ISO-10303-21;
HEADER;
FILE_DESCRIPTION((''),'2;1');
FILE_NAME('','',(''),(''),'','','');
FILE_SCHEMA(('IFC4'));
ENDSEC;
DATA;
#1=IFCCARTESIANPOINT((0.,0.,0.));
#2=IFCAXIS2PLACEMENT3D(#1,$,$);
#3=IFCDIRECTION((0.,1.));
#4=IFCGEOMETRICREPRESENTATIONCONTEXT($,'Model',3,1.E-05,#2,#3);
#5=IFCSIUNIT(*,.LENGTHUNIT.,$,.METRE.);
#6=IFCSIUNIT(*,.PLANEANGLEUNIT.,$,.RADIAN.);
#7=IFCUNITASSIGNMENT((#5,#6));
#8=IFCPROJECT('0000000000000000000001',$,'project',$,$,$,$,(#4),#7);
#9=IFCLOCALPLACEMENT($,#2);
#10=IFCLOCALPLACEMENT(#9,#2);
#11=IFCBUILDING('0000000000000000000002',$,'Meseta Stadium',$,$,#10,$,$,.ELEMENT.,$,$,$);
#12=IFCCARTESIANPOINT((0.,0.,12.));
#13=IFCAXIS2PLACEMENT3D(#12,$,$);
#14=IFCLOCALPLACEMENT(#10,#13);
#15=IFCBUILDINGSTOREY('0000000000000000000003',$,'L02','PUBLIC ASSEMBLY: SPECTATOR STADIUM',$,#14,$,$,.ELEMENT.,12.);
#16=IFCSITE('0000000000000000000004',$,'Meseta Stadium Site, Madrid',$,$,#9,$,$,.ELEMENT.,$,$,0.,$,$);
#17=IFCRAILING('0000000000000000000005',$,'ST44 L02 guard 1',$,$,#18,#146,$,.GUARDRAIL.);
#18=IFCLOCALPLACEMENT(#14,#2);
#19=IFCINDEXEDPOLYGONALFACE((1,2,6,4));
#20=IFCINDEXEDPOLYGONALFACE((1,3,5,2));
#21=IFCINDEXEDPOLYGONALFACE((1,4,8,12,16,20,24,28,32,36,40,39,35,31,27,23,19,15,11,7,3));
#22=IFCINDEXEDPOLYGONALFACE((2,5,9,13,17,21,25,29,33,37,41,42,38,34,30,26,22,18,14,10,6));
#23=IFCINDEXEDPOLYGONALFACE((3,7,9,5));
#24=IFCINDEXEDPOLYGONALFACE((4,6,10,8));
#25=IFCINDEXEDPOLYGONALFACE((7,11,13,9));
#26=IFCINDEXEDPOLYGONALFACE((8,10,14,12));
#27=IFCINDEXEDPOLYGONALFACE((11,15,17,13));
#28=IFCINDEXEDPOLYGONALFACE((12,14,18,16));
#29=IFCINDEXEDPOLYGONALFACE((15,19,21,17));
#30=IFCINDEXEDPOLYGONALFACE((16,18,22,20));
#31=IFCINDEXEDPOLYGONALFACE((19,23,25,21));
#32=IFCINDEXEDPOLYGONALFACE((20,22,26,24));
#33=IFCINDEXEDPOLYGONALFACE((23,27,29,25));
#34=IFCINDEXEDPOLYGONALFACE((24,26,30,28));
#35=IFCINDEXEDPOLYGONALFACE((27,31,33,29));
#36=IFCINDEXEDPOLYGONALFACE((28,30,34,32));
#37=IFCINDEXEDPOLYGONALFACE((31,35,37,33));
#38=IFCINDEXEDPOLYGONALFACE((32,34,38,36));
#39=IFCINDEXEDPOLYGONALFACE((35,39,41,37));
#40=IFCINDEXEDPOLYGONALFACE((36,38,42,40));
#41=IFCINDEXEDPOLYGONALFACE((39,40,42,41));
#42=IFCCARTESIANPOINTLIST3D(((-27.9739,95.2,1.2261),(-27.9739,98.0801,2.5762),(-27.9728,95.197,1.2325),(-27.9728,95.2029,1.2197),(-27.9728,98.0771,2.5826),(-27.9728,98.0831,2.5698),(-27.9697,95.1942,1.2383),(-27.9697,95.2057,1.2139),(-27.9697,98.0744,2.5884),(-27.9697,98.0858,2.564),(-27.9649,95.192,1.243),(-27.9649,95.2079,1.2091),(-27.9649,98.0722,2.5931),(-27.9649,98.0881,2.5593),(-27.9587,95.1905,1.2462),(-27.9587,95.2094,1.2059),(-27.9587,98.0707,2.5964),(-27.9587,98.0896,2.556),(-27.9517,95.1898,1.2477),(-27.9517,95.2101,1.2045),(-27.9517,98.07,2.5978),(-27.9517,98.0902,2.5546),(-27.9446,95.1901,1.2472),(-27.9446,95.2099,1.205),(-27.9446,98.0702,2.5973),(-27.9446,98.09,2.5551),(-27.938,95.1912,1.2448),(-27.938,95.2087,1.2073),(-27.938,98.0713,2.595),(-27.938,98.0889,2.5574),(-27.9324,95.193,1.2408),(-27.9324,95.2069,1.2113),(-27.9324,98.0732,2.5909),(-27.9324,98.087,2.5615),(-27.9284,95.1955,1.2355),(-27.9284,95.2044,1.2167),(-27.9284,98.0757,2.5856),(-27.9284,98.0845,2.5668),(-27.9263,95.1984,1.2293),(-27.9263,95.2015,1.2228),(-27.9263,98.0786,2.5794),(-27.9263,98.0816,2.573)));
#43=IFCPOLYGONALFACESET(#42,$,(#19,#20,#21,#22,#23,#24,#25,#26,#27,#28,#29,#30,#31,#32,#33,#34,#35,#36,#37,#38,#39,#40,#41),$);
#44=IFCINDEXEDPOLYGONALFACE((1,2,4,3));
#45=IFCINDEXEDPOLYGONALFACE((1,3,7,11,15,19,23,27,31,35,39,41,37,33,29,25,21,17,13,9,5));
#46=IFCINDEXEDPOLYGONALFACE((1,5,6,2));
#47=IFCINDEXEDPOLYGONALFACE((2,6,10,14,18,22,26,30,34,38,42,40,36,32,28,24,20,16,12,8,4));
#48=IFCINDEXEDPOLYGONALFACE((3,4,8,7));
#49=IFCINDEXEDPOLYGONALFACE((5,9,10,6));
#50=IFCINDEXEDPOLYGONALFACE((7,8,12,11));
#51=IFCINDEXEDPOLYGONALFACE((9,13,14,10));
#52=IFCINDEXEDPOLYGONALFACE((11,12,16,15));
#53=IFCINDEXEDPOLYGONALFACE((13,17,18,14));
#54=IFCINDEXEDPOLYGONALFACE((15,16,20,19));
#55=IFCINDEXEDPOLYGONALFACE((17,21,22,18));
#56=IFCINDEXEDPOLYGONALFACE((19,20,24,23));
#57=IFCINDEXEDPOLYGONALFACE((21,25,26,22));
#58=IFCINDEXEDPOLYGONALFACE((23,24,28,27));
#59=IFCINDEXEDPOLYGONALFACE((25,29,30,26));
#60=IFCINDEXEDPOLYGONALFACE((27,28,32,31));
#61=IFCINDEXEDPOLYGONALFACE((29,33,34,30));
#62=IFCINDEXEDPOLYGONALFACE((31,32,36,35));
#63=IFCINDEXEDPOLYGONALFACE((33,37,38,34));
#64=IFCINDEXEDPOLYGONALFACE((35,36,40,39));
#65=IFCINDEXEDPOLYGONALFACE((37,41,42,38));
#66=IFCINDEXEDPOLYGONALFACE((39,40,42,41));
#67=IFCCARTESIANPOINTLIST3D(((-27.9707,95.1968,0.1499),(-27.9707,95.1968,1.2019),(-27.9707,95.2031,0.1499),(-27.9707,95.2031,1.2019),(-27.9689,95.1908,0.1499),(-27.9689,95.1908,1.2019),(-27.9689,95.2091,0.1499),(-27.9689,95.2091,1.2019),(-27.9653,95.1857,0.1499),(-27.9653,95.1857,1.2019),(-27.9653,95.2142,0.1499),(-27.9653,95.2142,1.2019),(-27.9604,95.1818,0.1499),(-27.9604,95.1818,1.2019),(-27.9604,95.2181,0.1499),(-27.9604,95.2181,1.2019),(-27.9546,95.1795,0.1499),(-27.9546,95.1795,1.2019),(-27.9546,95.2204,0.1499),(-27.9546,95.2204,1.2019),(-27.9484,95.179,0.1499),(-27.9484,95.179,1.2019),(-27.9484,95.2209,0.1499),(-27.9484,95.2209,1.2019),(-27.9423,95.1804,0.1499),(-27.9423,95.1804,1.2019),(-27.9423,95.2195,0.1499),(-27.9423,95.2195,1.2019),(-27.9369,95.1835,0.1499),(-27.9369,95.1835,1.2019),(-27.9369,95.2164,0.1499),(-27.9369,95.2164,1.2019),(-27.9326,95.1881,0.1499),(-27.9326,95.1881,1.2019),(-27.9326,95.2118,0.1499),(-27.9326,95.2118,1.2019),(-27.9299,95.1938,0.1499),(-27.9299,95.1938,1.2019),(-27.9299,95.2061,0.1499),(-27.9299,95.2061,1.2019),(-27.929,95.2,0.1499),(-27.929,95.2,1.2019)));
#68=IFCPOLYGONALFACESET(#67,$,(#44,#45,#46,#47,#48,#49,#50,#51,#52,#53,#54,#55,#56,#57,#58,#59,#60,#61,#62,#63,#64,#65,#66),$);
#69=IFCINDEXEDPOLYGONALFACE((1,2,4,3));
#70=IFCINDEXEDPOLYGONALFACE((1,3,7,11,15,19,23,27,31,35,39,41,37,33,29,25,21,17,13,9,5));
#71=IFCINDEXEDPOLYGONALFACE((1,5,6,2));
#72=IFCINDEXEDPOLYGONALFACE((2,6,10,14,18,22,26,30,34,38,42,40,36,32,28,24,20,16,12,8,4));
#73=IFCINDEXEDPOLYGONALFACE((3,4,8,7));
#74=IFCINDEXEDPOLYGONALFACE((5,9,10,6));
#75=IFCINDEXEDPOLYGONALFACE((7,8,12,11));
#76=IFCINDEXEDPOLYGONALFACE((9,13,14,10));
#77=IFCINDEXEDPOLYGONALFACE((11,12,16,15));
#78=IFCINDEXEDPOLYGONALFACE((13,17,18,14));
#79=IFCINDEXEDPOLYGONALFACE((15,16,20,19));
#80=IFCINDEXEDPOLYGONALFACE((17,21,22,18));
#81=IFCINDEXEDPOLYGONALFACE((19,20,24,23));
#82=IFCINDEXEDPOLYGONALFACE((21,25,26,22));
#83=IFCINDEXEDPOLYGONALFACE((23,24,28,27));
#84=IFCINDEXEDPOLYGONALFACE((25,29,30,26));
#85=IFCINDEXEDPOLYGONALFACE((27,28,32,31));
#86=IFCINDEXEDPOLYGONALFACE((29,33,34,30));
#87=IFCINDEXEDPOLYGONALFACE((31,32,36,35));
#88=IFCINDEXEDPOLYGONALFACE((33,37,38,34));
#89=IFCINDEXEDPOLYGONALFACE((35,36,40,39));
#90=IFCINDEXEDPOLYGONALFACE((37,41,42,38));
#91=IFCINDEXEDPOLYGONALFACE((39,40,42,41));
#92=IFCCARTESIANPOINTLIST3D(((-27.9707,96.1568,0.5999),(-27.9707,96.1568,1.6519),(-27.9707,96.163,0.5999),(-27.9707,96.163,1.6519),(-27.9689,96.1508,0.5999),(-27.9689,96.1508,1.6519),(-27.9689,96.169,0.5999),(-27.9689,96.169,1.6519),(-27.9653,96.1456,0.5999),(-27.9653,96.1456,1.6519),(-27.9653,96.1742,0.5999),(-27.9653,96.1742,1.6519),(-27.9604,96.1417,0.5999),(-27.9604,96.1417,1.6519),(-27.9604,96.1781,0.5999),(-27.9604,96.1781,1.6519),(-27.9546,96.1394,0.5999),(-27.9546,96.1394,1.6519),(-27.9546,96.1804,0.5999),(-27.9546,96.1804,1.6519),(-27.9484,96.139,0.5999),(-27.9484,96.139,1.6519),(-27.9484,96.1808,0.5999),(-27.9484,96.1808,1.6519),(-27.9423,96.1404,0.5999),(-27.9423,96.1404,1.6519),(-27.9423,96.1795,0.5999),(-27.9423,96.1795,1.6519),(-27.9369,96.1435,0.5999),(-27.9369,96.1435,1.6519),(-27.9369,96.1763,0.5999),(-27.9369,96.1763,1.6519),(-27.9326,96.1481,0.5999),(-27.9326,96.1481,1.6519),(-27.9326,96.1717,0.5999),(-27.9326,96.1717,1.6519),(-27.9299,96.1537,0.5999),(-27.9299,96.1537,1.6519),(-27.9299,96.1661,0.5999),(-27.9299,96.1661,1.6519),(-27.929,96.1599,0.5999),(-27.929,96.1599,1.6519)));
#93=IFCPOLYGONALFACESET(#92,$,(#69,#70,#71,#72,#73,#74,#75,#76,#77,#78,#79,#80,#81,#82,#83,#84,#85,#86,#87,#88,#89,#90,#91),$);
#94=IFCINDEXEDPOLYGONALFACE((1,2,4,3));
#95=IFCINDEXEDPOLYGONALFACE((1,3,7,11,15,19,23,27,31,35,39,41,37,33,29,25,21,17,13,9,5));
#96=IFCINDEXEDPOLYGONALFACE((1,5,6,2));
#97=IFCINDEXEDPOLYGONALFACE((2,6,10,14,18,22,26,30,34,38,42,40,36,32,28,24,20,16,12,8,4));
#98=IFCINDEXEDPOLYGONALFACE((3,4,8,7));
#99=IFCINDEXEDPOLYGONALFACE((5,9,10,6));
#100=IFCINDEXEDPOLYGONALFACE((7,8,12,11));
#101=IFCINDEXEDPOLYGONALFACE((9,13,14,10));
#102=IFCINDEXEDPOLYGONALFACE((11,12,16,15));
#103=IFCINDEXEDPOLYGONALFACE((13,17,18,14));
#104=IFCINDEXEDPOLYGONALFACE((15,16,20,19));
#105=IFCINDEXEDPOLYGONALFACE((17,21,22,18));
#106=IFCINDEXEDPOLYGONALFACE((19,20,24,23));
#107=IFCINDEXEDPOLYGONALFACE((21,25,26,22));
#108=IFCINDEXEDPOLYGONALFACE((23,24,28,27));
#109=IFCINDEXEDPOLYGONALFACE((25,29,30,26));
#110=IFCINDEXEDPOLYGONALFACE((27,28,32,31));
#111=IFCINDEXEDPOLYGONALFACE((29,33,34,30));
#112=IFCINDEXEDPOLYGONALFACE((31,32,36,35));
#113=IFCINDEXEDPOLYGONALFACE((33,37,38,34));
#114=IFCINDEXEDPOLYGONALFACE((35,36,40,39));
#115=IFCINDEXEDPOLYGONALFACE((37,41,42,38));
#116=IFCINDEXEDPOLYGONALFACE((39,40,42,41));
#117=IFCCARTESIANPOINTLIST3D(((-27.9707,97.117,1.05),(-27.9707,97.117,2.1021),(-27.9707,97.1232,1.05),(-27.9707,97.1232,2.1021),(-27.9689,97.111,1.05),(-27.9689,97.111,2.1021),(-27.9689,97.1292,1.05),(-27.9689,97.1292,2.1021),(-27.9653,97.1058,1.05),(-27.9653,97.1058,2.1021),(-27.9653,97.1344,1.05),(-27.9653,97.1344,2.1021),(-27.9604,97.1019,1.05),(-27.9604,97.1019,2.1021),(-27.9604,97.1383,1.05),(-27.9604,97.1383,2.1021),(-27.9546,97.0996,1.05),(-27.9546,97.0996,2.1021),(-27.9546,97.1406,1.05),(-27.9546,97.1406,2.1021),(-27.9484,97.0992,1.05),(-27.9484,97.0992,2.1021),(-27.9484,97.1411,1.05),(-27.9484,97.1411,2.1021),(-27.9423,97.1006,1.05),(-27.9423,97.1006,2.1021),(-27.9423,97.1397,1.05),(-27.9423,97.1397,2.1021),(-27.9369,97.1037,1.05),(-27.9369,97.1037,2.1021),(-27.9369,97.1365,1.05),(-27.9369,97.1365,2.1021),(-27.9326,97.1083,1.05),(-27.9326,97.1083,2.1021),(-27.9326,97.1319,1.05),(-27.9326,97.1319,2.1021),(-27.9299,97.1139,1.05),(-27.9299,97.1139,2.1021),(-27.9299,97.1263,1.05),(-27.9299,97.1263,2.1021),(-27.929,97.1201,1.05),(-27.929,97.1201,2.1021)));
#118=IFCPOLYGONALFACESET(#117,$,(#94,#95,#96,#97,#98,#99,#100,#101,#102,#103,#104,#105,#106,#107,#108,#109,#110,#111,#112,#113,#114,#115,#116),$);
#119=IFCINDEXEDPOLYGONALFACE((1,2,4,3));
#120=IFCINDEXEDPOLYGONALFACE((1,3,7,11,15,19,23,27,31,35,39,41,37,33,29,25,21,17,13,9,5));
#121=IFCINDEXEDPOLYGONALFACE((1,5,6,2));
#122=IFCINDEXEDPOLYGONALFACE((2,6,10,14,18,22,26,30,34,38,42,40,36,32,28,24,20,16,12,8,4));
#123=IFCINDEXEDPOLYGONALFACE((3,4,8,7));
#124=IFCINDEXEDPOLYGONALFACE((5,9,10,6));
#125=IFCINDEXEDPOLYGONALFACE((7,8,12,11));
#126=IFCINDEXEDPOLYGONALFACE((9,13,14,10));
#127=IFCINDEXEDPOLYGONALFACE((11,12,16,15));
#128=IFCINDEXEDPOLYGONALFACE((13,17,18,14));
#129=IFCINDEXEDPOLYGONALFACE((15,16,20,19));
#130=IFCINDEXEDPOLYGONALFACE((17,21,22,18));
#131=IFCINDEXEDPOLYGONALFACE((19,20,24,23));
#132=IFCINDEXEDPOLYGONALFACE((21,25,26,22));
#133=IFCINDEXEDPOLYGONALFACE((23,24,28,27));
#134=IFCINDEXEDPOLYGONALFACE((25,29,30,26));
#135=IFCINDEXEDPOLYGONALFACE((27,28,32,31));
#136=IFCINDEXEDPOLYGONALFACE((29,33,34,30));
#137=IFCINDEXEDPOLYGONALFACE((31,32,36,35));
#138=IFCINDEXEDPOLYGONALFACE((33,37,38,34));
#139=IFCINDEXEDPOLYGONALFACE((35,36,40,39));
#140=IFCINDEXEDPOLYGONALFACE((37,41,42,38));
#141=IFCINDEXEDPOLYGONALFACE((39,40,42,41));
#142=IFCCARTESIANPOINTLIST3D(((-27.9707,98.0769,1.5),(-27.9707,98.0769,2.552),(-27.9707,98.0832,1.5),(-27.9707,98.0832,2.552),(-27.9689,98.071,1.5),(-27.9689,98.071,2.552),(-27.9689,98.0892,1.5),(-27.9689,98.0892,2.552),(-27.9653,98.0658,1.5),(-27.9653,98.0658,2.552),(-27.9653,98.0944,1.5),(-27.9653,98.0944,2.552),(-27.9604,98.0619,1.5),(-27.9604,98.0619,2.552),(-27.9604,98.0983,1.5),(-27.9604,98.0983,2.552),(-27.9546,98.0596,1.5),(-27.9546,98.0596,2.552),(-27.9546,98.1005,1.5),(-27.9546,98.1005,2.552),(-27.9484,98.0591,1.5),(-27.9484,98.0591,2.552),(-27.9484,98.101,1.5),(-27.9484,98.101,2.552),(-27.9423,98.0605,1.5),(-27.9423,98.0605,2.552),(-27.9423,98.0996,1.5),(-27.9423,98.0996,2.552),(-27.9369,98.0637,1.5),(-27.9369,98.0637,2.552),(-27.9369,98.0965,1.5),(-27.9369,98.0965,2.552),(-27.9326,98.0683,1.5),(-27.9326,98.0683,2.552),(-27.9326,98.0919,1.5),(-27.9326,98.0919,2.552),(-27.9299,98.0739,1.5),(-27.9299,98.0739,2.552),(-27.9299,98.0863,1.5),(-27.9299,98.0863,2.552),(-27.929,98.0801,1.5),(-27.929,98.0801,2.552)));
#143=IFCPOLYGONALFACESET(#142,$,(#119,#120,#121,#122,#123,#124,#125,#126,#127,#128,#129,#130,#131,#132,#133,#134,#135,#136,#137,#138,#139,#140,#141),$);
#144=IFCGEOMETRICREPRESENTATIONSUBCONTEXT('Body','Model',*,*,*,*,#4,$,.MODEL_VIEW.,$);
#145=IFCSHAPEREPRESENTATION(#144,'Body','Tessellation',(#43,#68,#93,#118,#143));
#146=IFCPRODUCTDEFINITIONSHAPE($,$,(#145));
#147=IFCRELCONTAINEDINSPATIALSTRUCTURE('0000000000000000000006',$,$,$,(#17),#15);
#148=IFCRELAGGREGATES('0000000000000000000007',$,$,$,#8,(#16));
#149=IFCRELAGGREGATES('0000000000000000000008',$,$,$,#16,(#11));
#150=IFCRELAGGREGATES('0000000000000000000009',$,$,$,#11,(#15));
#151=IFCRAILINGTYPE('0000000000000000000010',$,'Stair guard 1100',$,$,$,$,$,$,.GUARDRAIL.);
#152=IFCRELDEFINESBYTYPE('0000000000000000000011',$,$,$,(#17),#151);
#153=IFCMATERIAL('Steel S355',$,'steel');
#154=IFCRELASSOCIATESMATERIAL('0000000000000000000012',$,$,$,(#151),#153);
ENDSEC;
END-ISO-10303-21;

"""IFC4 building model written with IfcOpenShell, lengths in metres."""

from ifc_helpers import new_model, si_unit, direction, frame, origin, origin_2d, place, context, subcontext, project, spatial, circle, extrude, material, type_object, element, save


model = new_model("IFC4")

# Units and contexts
model_context = context("Model", 3, precision=1e-05, world=origin(), true_north=direction((0.0, 1.0)))
body_context = subcontext(model_context, "Body", "Model", "MODEL_VIEW")
ifc_project = project(units=[si_unit("LENGTHUNIT", "METRE"), si_unit("PLANEANGLEUNIT", "RADIAN")], contexts=[model_context])

# Site, building, storey
site_placement = place(None, origin())
site = spatial("IfcSite", under=ifc_project, at=site_placement, Name="Meseta Stadium Site, Madrid", CompositionType="ELEMENT", RefElevation=0.0)
building_placement = place(site_placement, origin())
building = spatial("IfcBuilding", under=site, at=building_placement, Name="Meseta Stadium", CompositionType="ELEMENT")
storey_placement = place(building_placement, frame((0.0, 0.0, 12.0)))
storey = spatial("IfcBuildingStorey", under=building, at=storey_placement, Name="L02", Description="PUBLIC ASSEMBLY: SPECTATOR STADIUM", CompositionType="ELEMENT", Elevation=12.0)

# Railing
ifc_material_1 = material(Name="Steel S355", Category="steel")
railing_type_1 = type_object("IfcRailingType", Name="Stair guard 1100", PredefinedType="GUARDRAIL", material=ifc_material_1)
railing_1_placement = place(storey_placement, frame((-27.95, 95.2, 0.1499)))
element("IfcRailing", 1, at=railing_1_placement, inside=storey, type_object=railing_type_1, Name="ST44 L02 guard 1", PredefinedType="GUARDRAIL", context=body_context, shape_type="SweptSolid", body=[
    extrude(circle(Radius=0.0239, at=origin_2d()), frame((0.0, 0.0, 1.0762), z_axis=(0.0, 0.905454, 0.424444), x_axis=(-1.0, 0.0, 0.0)), (0.0, 0.0, 1.0), 3.1809),
    extrude(circle(Radius=0.021, at=origin_2d()), origin(), (0.0, 0.0, 1.0), 1.052),
    extrude(circle(Radius=0.021, at=origin_2d()), frame((0.0, 0.96, 0.45)), (0.0, 0.0, 1.0), 1.052),
    extrude(circle(Radius=0.021, at=origin_2d()), frame((0.0, 1.9202, 0.9001)), (0.0, 0.0, 1.0), 1.052),
    extrude(circle(Radius=0.021, at=origin_2d()), frame((0.0, 2.8801, 1.3501)), (0.0, 0.0, 1.0), 1.052),
])

save(model, "model.ifc")
